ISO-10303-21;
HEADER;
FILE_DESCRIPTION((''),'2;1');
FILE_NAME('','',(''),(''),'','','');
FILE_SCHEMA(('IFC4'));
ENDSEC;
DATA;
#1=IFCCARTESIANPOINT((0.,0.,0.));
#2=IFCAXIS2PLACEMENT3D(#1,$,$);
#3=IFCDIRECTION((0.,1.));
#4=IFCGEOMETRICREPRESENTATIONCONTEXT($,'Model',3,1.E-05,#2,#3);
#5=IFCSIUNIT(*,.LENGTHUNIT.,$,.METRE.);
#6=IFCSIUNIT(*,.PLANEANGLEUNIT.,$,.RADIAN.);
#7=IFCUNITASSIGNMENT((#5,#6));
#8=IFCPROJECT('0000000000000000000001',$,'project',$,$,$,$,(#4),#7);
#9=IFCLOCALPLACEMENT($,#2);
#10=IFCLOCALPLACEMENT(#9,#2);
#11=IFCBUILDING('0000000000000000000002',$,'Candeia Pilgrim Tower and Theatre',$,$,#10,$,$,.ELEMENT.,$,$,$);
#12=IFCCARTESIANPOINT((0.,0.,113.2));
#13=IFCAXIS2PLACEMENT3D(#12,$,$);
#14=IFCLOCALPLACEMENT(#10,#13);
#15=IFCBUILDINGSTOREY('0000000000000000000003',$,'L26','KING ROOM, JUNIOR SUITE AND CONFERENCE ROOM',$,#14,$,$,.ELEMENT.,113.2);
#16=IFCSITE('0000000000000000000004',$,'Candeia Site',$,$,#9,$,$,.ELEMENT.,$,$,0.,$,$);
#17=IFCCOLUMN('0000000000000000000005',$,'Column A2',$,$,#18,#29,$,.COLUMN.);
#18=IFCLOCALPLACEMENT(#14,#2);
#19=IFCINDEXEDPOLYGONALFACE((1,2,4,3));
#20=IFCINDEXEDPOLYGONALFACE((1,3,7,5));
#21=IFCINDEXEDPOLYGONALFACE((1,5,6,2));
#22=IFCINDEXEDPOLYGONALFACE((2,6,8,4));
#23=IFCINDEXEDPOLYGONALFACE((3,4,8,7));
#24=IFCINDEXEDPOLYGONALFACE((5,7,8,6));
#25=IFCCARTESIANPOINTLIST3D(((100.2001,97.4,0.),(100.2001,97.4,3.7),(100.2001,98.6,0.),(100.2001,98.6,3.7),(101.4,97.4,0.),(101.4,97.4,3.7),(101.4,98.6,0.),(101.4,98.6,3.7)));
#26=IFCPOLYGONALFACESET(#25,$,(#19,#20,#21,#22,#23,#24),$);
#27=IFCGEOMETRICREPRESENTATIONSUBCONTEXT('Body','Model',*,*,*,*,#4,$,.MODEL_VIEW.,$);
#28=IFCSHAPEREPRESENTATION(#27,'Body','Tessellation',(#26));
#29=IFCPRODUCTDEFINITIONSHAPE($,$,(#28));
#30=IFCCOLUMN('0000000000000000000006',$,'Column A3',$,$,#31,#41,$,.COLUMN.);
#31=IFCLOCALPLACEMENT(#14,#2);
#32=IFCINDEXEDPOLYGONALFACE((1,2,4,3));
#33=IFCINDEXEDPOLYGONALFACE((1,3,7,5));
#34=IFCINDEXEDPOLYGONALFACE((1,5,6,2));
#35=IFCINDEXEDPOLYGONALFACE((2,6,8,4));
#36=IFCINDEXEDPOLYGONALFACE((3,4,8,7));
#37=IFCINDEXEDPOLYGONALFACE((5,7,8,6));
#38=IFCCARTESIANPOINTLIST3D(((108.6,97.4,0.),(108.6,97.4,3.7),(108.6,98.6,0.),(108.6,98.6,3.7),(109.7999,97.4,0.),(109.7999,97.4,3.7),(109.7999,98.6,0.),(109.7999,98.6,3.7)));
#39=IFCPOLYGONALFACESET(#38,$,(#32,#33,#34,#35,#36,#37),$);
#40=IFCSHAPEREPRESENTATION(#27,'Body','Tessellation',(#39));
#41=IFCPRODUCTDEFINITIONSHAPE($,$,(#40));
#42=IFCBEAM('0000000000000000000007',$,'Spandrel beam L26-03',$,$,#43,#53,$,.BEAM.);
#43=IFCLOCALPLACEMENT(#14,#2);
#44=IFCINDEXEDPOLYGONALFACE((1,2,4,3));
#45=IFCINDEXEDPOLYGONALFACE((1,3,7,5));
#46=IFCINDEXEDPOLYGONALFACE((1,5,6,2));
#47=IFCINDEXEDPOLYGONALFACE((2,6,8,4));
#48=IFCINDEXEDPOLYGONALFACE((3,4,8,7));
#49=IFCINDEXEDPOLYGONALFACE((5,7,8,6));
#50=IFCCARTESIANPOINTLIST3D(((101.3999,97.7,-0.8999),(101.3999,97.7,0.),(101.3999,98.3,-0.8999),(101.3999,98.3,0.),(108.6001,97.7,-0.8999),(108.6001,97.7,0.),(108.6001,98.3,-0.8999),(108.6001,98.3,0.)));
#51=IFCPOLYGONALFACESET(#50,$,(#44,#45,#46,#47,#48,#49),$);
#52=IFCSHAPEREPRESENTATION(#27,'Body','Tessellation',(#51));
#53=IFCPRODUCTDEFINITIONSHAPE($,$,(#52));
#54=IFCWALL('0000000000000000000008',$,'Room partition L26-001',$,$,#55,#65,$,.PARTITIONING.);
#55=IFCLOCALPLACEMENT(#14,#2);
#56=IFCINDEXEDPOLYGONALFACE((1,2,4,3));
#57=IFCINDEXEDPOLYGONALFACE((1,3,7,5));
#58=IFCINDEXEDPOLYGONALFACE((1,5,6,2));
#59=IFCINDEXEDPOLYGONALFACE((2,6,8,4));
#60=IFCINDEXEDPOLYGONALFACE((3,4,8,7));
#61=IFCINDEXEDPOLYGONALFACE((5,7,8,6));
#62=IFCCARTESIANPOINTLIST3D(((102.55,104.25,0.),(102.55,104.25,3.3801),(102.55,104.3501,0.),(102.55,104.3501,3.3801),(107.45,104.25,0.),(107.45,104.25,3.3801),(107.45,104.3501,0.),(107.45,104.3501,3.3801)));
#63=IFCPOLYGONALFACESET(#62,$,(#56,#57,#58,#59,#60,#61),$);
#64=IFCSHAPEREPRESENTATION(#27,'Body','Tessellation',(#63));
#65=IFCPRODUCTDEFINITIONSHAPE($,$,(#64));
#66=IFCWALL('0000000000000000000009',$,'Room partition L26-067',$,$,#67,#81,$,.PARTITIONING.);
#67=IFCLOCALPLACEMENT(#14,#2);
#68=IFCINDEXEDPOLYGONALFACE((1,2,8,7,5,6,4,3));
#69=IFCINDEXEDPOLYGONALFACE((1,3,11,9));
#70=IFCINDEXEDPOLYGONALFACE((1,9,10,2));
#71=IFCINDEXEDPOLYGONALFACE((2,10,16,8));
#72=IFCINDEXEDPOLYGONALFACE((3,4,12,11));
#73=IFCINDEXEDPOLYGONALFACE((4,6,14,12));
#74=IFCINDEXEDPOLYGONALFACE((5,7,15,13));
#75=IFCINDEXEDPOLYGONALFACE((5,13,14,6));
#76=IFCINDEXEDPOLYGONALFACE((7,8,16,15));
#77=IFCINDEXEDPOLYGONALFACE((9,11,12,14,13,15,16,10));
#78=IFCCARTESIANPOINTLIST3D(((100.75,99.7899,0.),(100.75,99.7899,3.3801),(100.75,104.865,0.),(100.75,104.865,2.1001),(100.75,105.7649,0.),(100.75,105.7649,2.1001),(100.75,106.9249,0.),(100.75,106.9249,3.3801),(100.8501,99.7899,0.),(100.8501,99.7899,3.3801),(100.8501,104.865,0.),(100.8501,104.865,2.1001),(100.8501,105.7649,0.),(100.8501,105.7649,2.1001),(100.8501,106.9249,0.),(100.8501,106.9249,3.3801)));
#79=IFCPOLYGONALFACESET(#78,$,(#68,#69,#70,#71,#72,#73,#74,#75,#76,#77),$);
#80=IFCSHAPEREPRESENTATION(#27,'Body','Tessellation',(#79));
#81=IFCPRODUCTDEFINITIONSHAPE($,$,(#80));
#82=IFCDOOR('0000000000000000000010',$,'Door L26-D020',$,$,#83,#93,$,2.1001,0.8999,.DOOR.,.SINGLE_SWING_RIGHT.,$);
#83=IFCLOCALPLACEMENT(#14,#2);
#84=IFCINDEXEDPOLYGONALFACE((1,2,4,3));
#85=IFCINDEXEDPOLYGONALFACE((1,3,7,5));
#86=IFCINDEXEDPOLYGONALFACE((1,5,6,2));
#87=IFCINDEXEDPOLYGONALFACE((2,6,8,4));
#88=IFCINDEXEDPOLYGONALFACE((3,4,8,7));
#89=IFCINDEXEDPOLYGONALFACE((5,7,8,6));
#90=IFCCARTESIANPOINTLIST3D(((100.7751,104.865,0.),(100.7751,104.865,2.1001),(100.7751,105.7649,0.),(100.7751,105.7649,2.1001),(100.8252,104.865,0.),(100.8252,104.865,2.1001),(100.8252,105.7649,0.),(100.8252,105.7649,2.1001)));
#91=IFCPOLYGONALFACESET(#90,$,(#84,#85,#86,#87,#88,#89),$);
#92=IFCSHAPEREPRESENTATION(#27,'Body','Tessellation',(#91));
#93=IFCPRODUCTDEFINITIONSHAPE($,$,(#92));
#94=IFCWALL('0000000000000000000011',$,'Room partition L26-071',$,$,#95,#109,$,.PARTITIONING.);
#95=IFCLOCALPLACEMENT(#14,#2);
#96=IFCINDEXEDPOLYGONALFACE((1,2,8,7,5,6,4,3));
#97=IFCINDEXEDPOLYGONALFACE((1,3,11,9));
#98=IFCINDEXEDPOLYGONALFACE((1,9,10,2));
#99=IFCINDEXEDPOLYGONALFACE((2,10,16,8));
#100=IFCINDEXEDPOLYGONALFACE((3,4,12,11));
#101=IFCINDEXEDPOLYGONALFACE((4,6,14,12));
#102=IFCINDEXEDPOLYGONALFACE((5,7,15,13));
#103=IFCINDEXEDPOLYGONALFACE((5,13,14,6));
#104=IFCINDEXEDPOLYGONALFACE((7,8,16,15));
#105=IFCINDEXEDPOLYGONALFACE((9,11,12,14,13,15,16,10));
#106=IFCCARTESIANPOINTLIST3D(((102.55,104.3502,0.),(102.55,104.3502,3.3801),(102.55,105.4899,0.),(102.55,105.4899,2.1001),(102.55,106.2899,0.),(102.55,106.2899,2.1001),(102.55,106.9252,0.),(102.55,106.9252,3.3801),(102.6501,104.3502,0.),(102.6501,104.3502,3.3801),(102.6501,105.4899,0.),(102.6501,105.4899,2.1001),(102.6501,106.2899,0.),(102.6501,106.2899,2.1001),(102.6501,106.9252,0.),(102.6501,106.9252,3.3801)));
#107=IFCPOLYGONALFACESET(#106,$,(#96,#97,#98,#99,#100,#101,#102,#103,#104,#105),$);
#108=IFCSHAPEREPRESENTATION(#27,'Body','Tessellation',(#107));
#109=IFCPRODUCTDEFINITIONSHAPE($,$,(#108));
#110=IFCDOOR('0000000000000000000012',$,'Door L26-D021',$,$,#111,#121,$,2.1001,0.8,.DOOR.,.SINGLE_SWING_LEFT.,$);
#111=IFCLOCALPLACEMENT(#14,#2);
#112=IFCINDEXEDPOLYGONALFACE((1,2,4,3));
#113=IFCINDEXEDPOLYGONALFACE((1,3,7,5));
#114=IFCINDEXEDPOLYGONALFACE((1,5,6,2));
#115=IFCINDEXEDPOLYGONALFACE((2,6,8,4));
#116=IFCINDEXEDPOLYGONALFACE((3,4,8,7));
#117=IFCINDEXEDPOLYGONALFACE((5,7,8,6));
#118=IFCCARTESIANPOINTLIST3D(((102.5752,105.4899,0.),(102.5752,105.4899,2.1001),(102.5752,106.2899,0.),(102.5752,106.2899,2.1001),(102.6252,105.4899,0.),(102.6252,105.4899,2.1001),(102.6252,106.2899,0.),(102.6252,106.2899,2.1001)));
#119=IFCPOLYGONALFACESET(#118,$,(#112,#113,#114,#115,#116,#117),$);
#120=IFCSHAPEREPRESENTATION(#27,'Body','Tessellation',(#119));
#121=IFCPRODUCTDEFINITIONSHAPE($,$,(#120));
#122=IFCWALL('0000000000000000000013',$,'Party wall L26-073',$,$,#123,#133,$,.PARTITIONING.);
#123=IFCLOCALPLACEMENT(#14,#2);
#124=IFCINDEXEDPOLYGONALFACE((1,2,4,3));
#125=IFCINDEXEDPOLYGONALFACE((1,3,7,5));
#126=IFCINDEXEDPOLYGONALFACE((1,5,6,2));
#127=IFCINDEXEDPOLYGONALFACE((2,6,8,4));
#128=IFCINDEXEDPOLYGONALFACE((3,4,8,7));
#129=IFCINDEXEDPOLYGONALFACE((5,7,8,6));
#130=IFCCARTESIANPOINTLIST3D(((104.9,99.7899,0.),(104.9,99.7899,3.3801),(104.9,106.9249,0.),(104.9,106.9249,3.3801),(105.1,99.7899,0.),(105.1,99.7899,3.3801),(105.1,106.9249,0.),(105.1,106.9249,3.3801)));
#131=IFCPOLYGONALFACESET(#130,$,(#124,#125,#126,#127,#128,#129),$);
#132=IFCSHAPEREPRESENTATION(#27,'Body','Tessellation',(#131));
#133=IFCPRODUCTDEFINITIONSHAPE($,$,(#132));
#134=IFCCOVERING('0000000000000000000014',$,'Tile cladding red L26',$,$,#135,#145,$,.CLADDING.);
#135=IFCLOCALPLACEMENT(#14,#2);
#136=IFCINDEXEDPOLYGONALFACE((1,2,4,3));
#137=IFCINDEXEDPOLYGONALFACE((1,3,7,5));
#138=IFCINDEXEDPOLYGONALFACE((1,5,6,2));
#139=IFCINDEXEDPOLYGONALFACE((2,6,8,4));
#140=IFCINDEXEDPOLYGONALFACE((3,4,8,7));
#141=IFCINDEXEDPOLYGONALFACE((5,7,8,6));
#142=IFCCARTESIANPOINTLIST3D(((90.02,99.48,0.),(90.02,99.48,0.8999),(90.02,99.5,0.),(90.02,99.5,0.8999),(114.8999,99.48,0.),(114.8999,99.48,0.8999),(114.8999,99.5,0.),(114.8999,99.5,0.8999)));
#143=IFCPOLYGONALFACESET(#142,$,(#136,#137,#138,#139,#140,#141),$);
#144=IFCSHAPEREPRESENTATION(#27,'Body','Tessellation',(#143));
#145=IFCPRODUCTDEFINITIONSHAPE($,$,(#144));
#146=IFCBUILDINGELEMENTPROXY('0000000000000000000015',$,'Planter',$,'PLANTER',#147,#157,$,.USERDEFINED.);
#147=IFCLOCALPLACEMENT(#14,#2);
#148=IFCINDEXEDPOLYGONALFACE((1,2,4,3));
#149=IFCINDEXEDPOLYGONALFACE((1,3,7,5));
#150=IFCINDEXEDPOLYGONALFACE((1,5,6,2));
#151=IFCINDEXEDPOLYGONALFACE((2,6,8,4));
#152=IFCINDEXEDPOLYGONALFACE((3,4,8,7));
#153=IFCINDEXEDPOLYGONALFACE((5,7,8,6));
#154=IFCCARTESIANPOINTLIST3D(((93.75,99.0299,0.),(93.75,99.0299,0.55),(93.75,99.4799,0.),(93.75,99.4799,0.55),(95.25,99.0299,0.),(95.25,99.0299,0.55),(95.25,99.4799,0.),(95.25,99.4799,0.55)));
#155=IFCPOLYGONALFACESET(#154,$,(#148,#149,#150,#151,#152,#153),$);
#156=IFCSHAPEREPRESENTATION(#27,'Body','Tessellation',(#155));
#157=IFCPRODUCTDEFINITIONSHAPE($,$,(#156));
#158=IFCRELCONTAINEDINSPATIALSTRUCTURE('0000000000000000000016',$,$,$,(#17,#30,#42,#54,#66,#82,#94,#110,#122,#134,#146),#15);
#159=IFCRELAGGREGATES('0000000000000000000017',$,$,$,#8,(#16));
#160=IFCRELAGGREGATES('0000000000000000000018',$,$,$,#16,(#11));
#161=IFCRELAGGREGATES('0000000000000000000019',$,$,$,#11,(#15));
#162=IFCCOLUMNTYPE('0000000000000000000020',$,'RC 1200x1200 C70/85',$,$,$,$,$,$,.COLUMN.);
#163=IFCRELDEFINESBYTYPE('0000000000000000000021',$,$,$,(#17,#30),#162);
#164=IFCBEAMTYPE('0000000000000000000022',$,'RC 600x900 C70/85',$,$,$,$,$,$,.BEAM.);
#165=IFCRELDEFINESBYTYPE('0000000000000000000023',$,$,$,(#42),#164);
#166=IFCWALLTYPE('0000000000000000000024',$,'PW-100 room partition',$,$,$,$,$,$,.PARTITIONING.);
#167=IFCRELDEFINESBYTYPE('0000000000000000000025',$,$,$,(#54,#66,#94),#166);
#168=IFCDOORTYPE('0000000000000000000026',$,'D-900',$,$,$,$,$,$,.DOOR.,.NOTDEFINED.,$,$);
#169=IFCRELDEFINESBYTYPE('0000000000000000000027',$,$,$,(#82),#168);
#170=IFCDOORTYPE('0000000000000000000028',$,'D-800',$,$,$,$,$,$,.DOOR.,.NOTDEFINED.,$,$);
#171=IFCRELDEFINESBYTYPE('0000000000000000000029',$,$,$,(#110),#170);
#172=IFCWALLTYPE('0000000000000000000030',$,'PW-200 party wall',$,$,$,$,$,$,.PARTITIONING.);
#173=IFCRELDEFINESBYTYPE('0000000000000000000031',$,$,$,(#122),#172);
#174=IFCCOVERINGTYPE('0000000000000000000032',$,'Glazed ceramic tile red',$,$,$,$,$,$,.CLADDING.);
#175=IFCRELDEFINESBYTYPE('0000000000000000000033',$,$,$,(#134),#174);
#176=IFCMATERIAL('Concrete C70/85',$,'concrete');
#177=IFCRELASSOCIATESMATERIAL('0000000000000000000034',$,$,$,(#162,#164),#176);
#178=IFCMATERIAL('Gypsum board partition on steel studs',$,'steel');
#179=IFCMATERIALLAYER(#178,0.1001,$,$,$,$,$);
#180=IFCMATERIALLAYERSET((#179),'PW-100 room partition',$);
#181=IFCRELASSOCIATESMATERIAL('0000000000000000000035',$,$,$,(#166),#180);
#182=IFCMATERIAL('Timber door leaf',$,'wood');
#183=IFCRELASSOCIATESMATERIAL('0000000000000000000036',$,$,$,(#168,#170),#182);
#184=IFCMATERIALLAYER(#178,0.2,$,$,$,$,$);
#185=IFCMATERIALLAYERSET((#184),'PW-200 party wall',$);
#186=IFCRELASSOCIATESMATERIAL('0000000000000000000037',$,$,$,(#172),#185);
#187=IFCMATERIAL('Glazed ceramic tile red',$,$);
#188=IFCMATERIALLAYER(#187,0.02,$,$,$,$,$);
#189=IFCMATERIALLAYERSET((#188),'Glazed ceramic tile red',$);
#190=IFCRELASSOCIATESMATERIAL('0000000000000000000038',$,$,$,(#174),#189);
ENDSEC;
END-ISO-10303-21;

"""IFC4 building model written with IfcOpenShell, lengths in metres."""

from ifc_helpers import new_model, si_unit, direction, frame, frame_2d, origin, origin_2d, place, context, subcontext, project, spatial, rectangle, extrude, material, layer, layer_set, material_profile, profile_set, type_object, element, fill, save


model = new_model("IFC4")

# Units and contexts
model_context = context("Model", 3, precision=1e-05, world=origin(), true_north=direction((0.0, 1.0)))
body_context = subcontext(model_context, "Body", "Model", "MODEL_VIEW")
ifc_project = project(units=[si_unit("LENGTHUNIT", "METRE"), si_unit("PLANEANGLEUNIT", "RADIAN")], contexts=[model_context])

# Site, building, storey
site_placement = place(None, origin())
site = spatial("IfcSite", under=ifc_project, at=site_placement, Name="Candeia Site", CompositionType="ELEMENT", RefElevation=0.0)
building_placement = place(site_placement, origin())
building = spatial("IfcBuilding", under=site, at=building_placement, Name="Candeia Pilgrim Tower and Theatre", CompositionType="ELEMENT")
storey_placement = place(building_placement, frame((0.0, 0.0, 113.2)))
storey = spatial("IfcBuildingStorey", under=building, at=storey_placement, Name="L26", Description="KING ROOM, JUNIOR SUITE AND CONFERENCE ROOM", CompositionType="ELEMENT", Elevation=113.2)

# Columns
ifc_material_1 = material(Name="Concrete C70/85", Category="concrete")
ifc_material_profile_1 = material_profile(ifc_material_1, rectangle(XDim=1.2, YDim=1.2, at=origin_2d()))
ifc_profile_set_1 = profile_set([ifc_material_profile_1], Name="Concrete C70/85")
column_type = type_object("IfcColumnType", Name="RC 1200x1200 C70/85", PredefinedType="COLUMN", material=ifc_profile_set_1)
for number, where, z_axis, x_axis, name in (
    (1, (100.8, 98.0, 0.0), (0.0, 0.0, 1.0), (1.0, 0.0, 0.0), "Column A2"),
    (2, (109.2, 98.0, 0.0), (0.0, 0.0, 1.0), (1.0, 0.0, 0.0), "Column A3"),
):
    element("IfcColumn", number, at=place(storey_placement, frame(where, z_axis=z_axis, x_axis=x_axis)), inside=storey, type_object=column_type, Name=name, PredefinedType="COLUMN", context=body_context, shape_type="SweptSolid", body=[
        extrude(rectangle(XDim=1.2, YDim=1.2, at=origin_2d()), origin(), (0.0, 0.0, 1.0), 3.7),
    ])

# Beam
ifc_material_profile_2 = material_profile(ifc_material_1, rectangle(XDim=0.6001, YDim=0.8999, at=origin_2d()))
ifc_profile_set_2 = profile_set([ifc_material_profile_2], Name="Concrete C70/85")
beam_type = type_object("IfcBeamType", Name="RC 600x900 C70/85", PredefinedType="BEAM", material=ifc_profile_set_2)
beam_placement = place(storey_placement, frame((101.3999, 98.0, -0.45), z_axis=(1.0, 0.0, 0.0), x_axis=(0.0, 1.0, 0.0)))
element("IfcBeam", 3, at=beam_placement, inside=storey, type_object=beam_type, Name="Spandrel beam L26-03", PredefinedType="BEAM", context=body_context, shape_type="SweptSolid", body=[
    extrude(rectangle(XDim=0.6001, YDim=0.8999, at=origin_2d()), origin(), (0.0, 0.0, 1.0), 7.2002),
])

# Wall
ifc_material_2 = material(Name="Gypsum board partition on steel studs", Category="steel")
ifc_layer_1 = layer(ifc_material_2, 0.1001)
ifc_layer_set_1 = layer_set([ifc_layer_1], Name="PW-100 room partition")
wall_type_1 = type_object("IfcWallType", Name="PW-100 room partition", PredefinedType="PARTITIONING", material=ifc_layer_set_1)
wall_1_placement = place(storey_placement, frame((102.55, 104.3, 0.0), z_axis=(0.0, 0.0, 1.0), x_axis=(1.0, 0.0, 0.0)))
element("IfcWall", 4, at=wall_1_placement, inside=storey, type_object=wall_type_1, Name="Room partition L26-001", PredefinedType="PARTITIONING", context=body_context, shape_type="SweptSolid", body=[
    extrude(rectangle(XDim=4.8999, YDim=0.1001, at=frame_2d((2.45, 0.0))), origin(), (0.0, 0.0, 1.0), 3.3801),
])

# Walls, openings, doors
wall_2_placement = place(storey_placement, frame((100.8, 99.79, 0.0), z_axis=(0.0, 0.0, 1.0), x_axis=(0.0, 1.0, 0.0)))
wall_2 = element("IfcWall", 5, at=wall_2_placement, inside=storey, type_object=wall_type_1, Name="Room partition L26-067", PredefinedType="PARTITIONING", context=body_context, shape_type="SweptSolid", body=[
    extrude(rectangle(XDim=7.135, YDim=0.1001, at=frame_2d((3.5674, 0.0))), origin(), (0.0, 0.0, 1.0), 3.3801),
])
opening_1_placement = place(wall_2_placement, frame((5.075, 0.0, 0.0)))
opening_1 = element("IfcOpeningElement", 6, at=opening_1_placement, cuts=wall_2, PredefinedType="OPENING", context=body_context, shape_type="SweptSolid", body=[
    extrude(rectangle(XDim=0.8999, YDim=2.1001, at=frame_2d((0.45, 1.05))), frame((0.0, 0.0601, 0.0), z_axis=(0.0, -1.0, 0.0), x_axis=(1.0, 0.0, 0.0)), (0.0, 0.0, 1.0), 0.1201),
])
ifc_material_3 = material(Name="Timber door leaf", Category="wood")
door_type_1 = type_object("IfcDoorType", Name="D-900", OperationType="NOTDEFINED", PredefinedType="DOOR", material=ifc_material_3)
door_1_placement = place(opening_1_placement, origin())
door_1 = element("IfcDoor", 7, at=door_1_placement, inside=storey, type_object=door_type_1, Name="Door L26-D020", OperationType="SINGLE_SWING_RIGHT", OverallHeight=2.1001, OverallWidth=0.8999, PredefinedType="DOOR", context=body_context, shape_type="SweptSolid", body=[
    extrude(rectangle(XDim=0.8999, YDim=2.1001, at=frame_2d((0.45, 1.05))), frame((0.0, 0.0249, 0.0), z_axis=(0.0, -1.0, 0.0), x_axis=(1.0, 0.0, 0.0)), (0.0, 0.0, 1.0), 0.05),
])
fill(opening_1, door_1)
wall_3_placement = place(storey_placement, frame((102.6001, 104.3501, 0.0), z_axis=(0.0, 0.0, 1.0), x_axis=(0.0, 1.0, 0.0)))
wall_3 = element("IfcWall", 8, at=wall_3_placement, inside=storey, type_object=wall_type_1, Name="Room partition L26-071", PredefinedType="PARTITIONING", context=body_context, shape_type="SweptSolid", body=[
    extrude(rectangle(XDim=2.575, YDim=0.1001, at=frame_2d((1.2876, 0.0))), origin(), (0.0, 0.0, 1.0), 3.3801),
])
opening_2_placement = place(wall_3_placement, frame((1.1399, 0.0, 0.0)))
opening_2 = element("IfcOpeningElement", 9, at=opening_2_placement, cuts=wall_3, PredefinedType="OPENING", context=body_context, shape_type="SweptSolid", body=[
    extrude(rectangle(XDim=0.8, YDim=2.1001, at=frame_2d((0.3999, 1.05))), frame((0.0, 0.0601, 0.0), z_axis=(0.0, -1.0, 0.0), x_axis=(1.0, 0.0, 0.0)), (0.0, 0.0, 1.0), 0.1201),
])
door_type_2 = type_object("IfcDoorType", Name="D-800", OperationType="NOTDEFINED", PredefinedType="DOOR", material=ifc_material_3)
door_2_placement = place(opening_2_placement, origin())
door_2 = element("IfcDoor", 10, at=door_2_placement, inside=storey, type_object=door_type_2, Name="Door L26-D021", OperationType="SINGLE_SWING_LEFT", OverallHeight=2.1001, OverallWidth=0.8, PredefinedType="DOOR", context=body_context, shape_type="SweptSolid", body=[
    extrude(rectangle(XDim=0.8, YDim=2.1001, at=frame_2d((0.3999, 1.05))), frame((0.0, 0.0249, 0.0), z_axis=(0.0, -1.0, 0.0), x_axis=(1.0, 0.0, 0.0)), (0.0, 0.0, 1.0), 0.05),
])
fill(opening_2, door_2)

# Wall
ifc_layer_2 = layer(ifc_material_2, 0.2)
ifc_layer_set_2 = layer_set([ifc_layer_2], Name="PW-200 party wall")
wall_type_2 = type_object("IfcWallType", Name="PW-200 party wall", PredefinedType="PARTITIONING", material=ifc_layer_set_2)
wall_4_placement = place(storey_placement, frame((105.0, 99.79, 0.0), z_axis=(0.0, 0.0, 1.0), x_axis=(0.0, 1.0, 0.0)))
element("IfcWall", 11, at=wall_4_placement, inside=storey, type_object=wall_type_2, Name="Party wall L26-073", PredefinedType="PARTITIONING", context=body_context, shape_type="SweptSolid", body=[
    extrude(rectangle(XDim=7.135, YDim=0.2, at=frame_2d((3.5674, 0.0))), origin(), (0.0, 0.0, 1.0), 3.3801),
])

# Covering
ifc_material_4 = material(Name="Glazed ceramic tile red")
ifc_layer_3 = layer(ifc_material_4, 0.02)
ifc_layer_set_3 = layer_set([ifc_layer_3], Name="Glazed ceramic tile red")
covering_type = type_object("IfcCoveringType", Name="Glazed ceramic tile red", PredefinedType="CLADDING", material=ifc_layer_set_3)
covering_placement = place(storey_placement, frame((102.46, 99.49, 0.0), z_axis=(0.0, 0.0, 1.0), x_axis=(1.0, 0.0, 0.0)))
element("IfcCovering", 12, at=covering_placement, inside=storey, type_object=covering_type, Name="Tile cladding red L26", PredefinedType="CLADDING", context=body_context, shape_type="SweptSolid", body=[
    extrude(rectangle(XDim=24.8799, YDim=0.02, at=origin_2d()), origin(), (0.0, 0.0, 1.0), 0.8999),
])

# Building element proxy
proxy_placement = place(storey_placement, frame((94.5, 99.2549, 0.0), z_axis=(0.0, 0.0, 1.0), x_axis=(1.0, 0.0, 0.0)))
element("IfcBuildingElementProxy", 13, at=proxy_placement, inside=storey, Name="Planter", ObjectType="PLANTER", PredefinedType="USERDEFINED", context=body_context, shape_type="SweptSolid", body=[
    extrude(rectangle(XDim=1.5, YDim=0.45, at=origin_2d()), origin(), (0.0, 0.0, 1.0), 0.55),
])

save(model, "model.ifc")
